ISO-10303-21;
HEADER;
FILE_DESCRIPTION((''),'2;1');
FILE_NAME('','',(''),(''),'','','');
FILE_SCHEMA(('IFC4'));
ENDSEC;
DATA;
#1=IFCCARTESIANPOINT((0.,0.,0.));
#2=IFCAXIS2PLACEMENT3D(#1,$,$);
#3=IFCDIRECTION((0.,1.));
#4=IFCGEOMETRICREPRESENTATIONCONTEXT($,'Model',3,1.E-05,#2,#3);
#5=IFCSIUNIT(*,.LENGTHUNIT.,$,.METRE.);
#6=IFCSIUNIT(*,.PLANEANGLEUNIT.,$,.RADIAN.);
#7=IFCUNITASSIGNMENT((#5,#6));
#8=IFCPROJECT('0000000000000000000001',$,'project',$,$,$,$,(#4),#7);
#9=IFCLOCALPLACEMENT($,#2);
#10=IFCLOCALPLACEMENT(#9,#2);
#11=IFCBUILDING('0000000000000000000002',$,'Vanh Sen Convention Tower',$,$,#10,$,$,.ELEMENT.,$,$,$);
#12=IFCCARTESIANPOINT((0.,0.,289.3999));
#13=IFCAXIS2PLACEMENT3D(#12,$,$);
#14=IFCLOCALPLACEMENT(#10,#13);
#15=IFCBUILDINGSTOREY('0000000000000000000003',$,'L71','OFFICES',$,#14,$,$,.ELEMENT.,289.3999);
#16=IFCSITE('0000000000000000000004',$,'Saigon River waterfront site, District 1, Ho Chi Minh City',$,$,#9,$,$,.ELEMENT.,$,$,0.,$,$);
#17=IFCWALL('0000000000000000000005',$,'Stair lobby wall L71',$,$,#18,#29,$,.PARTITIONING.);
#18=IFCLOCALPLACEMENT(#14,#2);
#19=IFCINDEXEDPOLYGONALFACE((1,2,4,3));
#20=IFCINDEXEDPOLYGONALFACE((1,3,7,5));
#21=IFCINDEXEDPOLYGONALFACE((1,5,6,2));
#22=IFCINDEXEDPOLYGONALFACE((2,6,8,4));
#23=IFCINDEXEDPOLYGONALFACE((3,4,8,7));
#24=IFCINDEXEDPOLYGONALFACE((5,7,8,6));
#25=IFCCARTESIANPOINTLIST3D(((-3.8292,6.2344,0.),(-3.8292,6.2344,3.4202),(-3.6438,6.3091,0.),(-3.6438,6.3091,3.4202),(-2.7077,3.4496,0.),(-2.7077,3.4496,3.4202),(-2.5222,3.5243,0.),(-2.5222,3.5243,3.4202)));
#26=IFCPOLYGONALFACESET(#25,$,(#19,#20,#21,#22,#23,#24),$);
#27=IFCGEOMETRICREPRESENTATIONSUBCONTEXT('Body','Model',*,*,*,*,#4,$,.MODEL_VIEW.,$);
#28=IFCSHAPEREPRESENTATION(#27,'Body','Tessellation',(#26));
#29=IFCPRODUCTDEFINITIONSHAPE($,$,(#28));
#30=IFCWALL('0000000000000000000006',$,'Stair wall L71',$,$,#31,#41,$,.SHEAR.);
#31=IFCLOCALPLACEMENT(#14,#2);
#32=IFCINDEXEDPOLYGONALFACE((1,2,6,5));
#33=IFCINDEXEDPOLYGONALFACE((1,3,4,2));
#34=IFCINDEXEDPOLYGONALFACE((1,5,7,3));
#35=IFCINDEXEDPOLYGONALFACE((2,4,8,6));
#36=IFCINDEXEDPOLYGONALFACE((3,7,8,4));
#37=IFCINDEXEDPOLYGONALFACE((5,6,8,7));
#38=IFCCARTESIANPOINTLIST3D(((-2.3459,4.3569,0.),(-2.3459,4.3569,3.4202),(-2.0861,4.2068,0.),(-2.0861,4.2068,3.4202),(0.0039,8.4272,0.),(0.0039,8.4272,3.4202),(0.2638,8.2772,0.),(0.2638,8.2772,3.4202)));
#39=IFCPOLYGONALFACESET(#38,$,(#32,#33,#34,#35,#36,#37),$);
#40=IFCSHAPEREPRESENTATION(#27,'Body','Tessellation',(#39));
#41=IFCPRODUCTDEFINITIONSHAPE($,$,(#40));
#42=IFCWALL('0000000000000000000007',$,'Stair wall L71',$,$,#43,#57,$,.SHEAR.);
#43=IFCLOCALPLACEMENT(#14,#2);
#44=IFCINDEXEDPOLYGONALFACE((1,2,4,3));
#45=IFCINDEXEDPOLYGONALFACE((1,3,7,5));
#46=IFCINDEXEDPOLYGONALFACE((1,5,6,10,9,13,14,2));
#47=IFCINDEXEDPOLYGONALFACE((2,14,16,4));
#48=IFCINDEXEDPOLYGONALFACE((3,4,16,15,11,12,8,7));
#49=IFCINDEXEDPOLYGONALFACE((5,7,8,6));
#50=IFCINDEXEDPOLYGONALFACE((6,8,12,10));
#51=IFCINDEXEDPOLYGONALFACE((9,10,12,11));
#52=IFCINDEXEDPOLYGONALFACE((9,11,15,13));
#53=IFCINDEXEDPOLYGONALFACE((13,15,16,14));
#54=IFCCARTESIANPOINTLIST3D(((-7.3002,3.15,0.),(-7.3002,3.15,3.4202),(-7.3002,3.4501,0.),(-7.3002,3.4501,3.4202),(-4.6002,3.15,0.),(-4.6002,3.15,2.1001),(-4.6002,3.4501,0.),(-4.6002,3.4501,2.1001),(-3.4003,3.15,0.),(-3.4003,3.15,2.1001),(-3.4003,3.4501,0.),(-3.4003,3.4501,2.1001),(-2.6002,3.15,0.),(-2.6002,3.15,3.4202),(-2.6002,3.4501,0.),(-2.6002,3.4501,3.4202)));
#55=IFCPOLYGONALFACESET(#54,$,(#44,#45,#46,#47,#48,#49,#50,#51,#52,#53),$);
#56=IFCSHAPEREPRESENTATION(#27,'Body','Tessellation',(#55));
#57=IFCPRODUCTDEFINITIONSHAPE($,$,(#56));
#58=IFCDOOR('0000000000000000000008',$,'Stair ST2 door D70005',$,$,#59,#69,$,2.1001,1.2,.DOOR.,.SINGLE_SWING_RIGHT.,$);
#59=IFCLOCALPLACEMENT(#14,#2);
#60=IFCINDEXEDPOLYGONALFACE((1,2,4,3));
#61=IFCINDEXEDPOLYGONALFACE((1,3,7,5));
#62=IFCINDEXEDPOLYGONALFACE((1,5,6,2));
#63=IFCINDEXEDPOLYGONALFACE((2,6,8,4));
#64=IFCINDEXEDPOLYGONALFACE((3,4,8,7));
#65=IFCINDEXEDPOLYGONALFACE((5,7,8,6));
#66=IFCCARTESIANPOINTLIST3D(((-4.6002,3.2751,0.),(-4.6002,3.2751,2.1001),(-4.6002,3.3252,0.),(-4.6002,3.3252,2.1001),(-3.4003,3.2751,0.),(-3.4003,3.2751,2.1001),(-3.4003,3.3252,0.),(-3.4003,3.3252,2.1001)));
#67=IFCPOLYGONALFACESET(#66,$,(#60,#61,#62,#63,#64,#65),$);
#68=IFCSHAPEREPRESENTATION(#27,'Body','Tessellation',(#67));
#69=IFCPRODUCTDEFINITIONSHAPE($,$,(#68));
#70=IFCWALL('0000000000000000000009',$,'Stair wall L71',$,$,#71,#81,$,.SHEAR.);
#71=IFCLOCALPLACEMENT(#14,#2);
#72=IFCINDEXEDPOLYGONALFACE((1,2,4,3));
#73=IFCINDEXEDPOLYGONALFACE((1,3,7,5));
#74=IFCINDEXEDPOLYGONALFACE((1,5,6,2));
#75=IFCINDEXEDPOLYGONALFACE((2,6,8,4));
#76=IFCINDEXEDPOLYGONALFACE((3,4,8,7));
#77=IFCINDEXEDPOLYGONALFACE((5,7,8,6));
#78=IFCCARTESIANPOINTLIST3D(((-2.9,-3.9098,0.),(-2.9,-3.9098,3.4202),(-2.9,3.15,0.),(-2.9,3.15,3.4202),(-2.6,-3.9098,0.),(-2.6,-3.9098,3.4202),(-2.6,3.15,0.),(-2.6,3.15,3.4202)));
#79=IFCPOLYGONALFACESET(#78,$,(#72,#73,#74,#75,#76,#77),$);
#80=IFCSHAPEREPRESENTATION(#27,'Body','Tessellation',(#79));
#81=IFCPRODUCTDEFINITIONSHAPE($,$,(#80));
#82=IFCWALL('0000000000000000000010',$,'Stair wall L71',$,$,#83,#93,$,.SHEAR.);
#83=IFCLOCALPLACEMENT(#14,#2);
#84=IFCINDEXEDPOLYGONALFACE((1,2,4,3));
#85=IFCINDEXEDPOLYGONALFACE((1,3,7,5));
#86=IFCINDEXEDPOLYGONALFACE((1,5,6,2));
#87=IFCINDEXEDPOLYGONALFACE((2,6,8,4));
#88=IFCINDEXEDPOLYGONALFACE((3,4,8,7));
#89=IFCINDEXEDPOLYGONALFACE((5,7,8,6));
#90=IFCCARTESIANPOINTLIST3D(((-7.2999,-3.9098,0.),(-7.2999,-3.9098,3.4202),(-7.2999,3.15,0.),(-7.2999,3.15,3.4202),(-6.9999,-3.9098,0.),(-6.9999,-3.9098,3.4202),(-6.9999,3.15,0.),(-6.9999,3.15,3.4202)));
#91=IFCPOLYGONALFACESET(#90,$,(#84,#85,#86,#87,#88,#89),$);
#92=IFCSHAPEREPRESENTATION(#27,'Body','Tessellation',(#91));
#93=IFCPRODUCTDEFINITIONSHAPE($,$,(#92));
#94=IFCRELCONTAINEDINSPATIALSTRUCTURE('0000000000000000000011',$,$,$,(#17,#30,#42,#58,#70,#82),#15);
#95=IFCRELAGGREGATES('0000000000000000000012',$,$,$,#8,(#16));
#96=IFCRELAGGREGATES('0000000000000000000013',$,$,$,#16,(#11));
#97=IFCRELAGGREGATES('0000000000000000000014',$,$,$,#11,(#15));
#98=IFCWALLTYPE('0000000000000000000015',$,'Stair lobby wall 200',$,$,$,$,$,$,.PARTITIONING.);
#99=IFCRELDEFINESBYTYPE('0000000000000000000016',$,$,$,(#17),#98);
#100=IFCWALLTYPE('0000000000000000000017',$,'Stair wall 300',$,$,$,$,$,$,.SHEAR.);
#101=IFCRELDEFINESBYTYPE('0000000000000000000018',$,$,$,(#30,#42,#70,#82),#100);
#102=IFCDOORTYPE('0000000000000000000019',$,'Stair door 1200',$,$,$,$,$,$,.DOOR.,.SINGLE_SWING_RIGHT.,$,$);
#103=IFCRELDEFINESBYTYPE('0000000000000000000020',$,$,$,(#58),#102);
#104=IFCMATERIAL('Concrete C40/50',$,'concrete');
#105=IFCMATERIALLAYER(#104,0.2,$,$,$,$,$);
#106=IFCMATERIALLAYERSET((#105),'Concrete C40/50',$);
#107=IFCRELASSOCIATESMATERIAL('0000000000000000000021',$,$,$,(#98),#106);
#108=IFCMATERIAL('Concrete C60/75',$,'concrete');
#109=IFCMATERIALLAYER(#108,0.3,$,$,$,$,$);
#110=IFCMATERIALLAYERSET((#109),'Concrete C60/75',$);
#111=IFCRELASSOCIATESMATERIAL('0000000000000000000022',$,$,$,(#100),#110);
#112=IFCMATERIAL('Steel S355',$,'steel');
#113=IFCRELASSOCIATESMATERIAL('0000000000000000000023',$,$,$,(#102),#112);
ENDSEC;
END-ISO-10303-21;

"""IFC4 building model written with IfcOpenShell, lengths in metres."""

from ifc_helpers import new_model, si_unit, direction, frame, frame_2d, origin, place, context, subcontext, project, spatial, rectangle, extrude, material, layer, layer_set, type_object, element, fill, save


model = new_model("IFC4")

# Units and contexts
model_context = context("Model", 3, precision=1e-05, world=origin(), true_north=direction((0.0, 1.0)))
body_context = subcontext(model_context, "Body", "Model", "MODEL_VIEW")
ifc_project = project(units=[si_unit("LENGTHUNIT", "METRE"), si_unit("PLANEANGLEUNIT", "RADIAN")], contexts=[model_context])

# Site, building, storey
site_placement = place(None, origin())
site = spatial("IfcSite", under=ifc_project, at=site_placement, Name="Saigon River waterfront site, District 1, Ho Chi Minh City", CompositionType="ELEMENT", RefElevation=0.0)
building_placement = place(site_placement, origin())
building = spatial("IfcBuilding", under=site, at=building_placement, Name="Vanh Sen Convention Tower", CompositionType="ELEMENT")
storey_placement = place(building_placement, frame((0.0, 0.0, 289.3999)))
storey = spatial("IfcBuildingStorey", under=building, at=storey_placement, Name="L71", Description="OFFICES", CompositionType="ELEMENT", Elevation=289.3999)

# Shared definitions
ifc_material_1 = material(Name="Concrete C40/50", Category="concrete")

# Shared definitions
ifc_material_2 = material(Name="Concrete C60/75", Category="concrete")

# Walls
ifc_layer_1 = layer(ifc_material_1, 0.2)
ifc_layer_set_1 = layer_set([ifc_layer_1], Name="Concrete C40/50")
wall_type_1 = type_object("IfcWallType", Name="Stair lobby wall 200", PredefinedType="PARTITIONING", material=ifc_layer_set_1)
wall_1_placement = place(storey_placement, frame((-2.615, 3.4871, 0.0), z_axis=(0.0, 0.0, 1.0), x_axis=(-0.373577, 0.927599, 0.0)))
element("IfcWall", 1, at=wall_1_placement, inside=storey, type_object=wall_type_1, Name="Stair lobby wall L71", PredefinedType="PARTITIONING", context=body_context, shape_type="SweptSolid", body=[
    extrude(rectangle(XDim=3.0022, YDim=0.2, at=frame_2d((1.501, 0.0))), origin(), (0.0, 0.0, 1.0), 3.4202),
])
ifc_layer_2 = layer(ifc_material_2, 0.3)
ifc_layer_set_2 = layer_set([ifc_layer_2], Name="Concrete C60/75")
wall_type_2 = type_object("IfcWallType", Name="Stair wall 300", PredefinedType="SHEAR", material=ifc_layer_set_2)
wall_2_placement = place(storey_placement, frame((-2.2161, 4.2817, 0.0), z_axis=(0.0, 0.0, 1.0), x_axis=(0.499977, 0.866039, 0.0)))
element("IfcWall", 2, at=wall_2_placement, inside=storey, type_object=wall_type_2, Name="Stair wall L71", PredefinedType="SHEAR", context=body_context, shape_type="SweptSolid", body=[
    extrude(rectangle(XDim=4.7, YDim=0.3, at=frame_2d((2.3501, 0.0))), origin(), (0.0, 0.0, 1.0), 3.4202),
])

# Wall, opening, door
wall_3_placement = place(storey_placement, frame((-2.6001, 3.3, 0.0), z_axis=(0.0, 0.0, 1.0), x_axis=(-1.0, 0.0, 0.0)))
wall_3 = element("IfcWall", 3, at=wall_3_placement, inside=storey, type_object=wall_type_2, Name="Stair wall L71", PredefinedType="SHEAR", context=body_context, shape_type="SweptSolid", body=[
    extrude(rectangle(XDim=4.7, YDim=0.3, at=frame_2d((2.3501, 0.0))), origin(), (0.0, 0.0, 1.0), 3.4202),
])
opening_1_placement = place(wall_3_placement, frame((0.8, 0.0, 0.0)))
opening_1 = element("IfcOpeningElement", 4, at=opening_1_placement, cuts=wall_3, PredefinedType="OPENING", context=body_context, shape_type="SweptSolid", body=[
    extrude(rectangle(XDim=1.2, YDim=2.1001, at=frame_2d((0.6001, 1.05))), frame((0.0, 0.1599, 0.0), z_axis=(0.0, -1.0, 0.0), x_axis=(1.0, 0.0, 0.0)), (0.0, 0.0, 1.0), 0.3201),
])
ifc_material_3 = material(Name="Steel S355", Category="steel")
door_type_1 = type_object("IfcDoorType", Name="Stair door 1200", OperationType="SINGLE_SWING_RIGHT", PredefinedType="DOOR", material=ifc_material_3)
door_1_placement = place(opening_1_placement, origin())
door_1 = element("IfcDoor", 5, at=door_1_placement, inside=storey, type_object=door_type_1, Name="Stair ST2 door D70005", OperationType="SINGLE_SWING_RIGHT", OverallHeight=2.1001, OverallWidth=1.2, PredefinedType="DOOR", context=body_context, shape_type="SweptSolid", body=[
    extrude(rectangle(XDim=1.2, YDim=2.1001, at=frame_2d((0.6001, 1.05))), frame((0.0, 0.0249, 0.0), z_axis=(0.0, -1.0, 0.0), x_axis=(1.0, 0.0, 0.0)), (0.0, 0.0, 1.0), 0.05),
])
fill(opening_1, door_1)

# Walls
for number, where, z_axis, x_axis, name in (
    (6, (-2.75, 3.1499, 0.0), (0.0, 0.0, 1.0), (0.0, -1.0, 0.0), "Stair wall L71"),
    (7, (-7.1499, 3.1499, 0.0), (0.0, 0.0, 1.0), (0.0, -1.0, 0.0), "Stair wall L71"),
):
    element("IfcWall", number, at=place(storey_placement, frame(where, z_axis=z_axis, x_axis=x_axis)), inside=storey, type_object=wall_type_2, Name=name, PredefinedType="SHEAR", context=body_context, shape_type="SweptSolid", body=[
        extrude(rectangle(XDim=7.0598, YDim=0.3, at=frame_2d((3.5298, 0.0))), origin(), (0.0, 0.0, 1.0), 3.4202),
    ])

save(model, "model.ifc")
